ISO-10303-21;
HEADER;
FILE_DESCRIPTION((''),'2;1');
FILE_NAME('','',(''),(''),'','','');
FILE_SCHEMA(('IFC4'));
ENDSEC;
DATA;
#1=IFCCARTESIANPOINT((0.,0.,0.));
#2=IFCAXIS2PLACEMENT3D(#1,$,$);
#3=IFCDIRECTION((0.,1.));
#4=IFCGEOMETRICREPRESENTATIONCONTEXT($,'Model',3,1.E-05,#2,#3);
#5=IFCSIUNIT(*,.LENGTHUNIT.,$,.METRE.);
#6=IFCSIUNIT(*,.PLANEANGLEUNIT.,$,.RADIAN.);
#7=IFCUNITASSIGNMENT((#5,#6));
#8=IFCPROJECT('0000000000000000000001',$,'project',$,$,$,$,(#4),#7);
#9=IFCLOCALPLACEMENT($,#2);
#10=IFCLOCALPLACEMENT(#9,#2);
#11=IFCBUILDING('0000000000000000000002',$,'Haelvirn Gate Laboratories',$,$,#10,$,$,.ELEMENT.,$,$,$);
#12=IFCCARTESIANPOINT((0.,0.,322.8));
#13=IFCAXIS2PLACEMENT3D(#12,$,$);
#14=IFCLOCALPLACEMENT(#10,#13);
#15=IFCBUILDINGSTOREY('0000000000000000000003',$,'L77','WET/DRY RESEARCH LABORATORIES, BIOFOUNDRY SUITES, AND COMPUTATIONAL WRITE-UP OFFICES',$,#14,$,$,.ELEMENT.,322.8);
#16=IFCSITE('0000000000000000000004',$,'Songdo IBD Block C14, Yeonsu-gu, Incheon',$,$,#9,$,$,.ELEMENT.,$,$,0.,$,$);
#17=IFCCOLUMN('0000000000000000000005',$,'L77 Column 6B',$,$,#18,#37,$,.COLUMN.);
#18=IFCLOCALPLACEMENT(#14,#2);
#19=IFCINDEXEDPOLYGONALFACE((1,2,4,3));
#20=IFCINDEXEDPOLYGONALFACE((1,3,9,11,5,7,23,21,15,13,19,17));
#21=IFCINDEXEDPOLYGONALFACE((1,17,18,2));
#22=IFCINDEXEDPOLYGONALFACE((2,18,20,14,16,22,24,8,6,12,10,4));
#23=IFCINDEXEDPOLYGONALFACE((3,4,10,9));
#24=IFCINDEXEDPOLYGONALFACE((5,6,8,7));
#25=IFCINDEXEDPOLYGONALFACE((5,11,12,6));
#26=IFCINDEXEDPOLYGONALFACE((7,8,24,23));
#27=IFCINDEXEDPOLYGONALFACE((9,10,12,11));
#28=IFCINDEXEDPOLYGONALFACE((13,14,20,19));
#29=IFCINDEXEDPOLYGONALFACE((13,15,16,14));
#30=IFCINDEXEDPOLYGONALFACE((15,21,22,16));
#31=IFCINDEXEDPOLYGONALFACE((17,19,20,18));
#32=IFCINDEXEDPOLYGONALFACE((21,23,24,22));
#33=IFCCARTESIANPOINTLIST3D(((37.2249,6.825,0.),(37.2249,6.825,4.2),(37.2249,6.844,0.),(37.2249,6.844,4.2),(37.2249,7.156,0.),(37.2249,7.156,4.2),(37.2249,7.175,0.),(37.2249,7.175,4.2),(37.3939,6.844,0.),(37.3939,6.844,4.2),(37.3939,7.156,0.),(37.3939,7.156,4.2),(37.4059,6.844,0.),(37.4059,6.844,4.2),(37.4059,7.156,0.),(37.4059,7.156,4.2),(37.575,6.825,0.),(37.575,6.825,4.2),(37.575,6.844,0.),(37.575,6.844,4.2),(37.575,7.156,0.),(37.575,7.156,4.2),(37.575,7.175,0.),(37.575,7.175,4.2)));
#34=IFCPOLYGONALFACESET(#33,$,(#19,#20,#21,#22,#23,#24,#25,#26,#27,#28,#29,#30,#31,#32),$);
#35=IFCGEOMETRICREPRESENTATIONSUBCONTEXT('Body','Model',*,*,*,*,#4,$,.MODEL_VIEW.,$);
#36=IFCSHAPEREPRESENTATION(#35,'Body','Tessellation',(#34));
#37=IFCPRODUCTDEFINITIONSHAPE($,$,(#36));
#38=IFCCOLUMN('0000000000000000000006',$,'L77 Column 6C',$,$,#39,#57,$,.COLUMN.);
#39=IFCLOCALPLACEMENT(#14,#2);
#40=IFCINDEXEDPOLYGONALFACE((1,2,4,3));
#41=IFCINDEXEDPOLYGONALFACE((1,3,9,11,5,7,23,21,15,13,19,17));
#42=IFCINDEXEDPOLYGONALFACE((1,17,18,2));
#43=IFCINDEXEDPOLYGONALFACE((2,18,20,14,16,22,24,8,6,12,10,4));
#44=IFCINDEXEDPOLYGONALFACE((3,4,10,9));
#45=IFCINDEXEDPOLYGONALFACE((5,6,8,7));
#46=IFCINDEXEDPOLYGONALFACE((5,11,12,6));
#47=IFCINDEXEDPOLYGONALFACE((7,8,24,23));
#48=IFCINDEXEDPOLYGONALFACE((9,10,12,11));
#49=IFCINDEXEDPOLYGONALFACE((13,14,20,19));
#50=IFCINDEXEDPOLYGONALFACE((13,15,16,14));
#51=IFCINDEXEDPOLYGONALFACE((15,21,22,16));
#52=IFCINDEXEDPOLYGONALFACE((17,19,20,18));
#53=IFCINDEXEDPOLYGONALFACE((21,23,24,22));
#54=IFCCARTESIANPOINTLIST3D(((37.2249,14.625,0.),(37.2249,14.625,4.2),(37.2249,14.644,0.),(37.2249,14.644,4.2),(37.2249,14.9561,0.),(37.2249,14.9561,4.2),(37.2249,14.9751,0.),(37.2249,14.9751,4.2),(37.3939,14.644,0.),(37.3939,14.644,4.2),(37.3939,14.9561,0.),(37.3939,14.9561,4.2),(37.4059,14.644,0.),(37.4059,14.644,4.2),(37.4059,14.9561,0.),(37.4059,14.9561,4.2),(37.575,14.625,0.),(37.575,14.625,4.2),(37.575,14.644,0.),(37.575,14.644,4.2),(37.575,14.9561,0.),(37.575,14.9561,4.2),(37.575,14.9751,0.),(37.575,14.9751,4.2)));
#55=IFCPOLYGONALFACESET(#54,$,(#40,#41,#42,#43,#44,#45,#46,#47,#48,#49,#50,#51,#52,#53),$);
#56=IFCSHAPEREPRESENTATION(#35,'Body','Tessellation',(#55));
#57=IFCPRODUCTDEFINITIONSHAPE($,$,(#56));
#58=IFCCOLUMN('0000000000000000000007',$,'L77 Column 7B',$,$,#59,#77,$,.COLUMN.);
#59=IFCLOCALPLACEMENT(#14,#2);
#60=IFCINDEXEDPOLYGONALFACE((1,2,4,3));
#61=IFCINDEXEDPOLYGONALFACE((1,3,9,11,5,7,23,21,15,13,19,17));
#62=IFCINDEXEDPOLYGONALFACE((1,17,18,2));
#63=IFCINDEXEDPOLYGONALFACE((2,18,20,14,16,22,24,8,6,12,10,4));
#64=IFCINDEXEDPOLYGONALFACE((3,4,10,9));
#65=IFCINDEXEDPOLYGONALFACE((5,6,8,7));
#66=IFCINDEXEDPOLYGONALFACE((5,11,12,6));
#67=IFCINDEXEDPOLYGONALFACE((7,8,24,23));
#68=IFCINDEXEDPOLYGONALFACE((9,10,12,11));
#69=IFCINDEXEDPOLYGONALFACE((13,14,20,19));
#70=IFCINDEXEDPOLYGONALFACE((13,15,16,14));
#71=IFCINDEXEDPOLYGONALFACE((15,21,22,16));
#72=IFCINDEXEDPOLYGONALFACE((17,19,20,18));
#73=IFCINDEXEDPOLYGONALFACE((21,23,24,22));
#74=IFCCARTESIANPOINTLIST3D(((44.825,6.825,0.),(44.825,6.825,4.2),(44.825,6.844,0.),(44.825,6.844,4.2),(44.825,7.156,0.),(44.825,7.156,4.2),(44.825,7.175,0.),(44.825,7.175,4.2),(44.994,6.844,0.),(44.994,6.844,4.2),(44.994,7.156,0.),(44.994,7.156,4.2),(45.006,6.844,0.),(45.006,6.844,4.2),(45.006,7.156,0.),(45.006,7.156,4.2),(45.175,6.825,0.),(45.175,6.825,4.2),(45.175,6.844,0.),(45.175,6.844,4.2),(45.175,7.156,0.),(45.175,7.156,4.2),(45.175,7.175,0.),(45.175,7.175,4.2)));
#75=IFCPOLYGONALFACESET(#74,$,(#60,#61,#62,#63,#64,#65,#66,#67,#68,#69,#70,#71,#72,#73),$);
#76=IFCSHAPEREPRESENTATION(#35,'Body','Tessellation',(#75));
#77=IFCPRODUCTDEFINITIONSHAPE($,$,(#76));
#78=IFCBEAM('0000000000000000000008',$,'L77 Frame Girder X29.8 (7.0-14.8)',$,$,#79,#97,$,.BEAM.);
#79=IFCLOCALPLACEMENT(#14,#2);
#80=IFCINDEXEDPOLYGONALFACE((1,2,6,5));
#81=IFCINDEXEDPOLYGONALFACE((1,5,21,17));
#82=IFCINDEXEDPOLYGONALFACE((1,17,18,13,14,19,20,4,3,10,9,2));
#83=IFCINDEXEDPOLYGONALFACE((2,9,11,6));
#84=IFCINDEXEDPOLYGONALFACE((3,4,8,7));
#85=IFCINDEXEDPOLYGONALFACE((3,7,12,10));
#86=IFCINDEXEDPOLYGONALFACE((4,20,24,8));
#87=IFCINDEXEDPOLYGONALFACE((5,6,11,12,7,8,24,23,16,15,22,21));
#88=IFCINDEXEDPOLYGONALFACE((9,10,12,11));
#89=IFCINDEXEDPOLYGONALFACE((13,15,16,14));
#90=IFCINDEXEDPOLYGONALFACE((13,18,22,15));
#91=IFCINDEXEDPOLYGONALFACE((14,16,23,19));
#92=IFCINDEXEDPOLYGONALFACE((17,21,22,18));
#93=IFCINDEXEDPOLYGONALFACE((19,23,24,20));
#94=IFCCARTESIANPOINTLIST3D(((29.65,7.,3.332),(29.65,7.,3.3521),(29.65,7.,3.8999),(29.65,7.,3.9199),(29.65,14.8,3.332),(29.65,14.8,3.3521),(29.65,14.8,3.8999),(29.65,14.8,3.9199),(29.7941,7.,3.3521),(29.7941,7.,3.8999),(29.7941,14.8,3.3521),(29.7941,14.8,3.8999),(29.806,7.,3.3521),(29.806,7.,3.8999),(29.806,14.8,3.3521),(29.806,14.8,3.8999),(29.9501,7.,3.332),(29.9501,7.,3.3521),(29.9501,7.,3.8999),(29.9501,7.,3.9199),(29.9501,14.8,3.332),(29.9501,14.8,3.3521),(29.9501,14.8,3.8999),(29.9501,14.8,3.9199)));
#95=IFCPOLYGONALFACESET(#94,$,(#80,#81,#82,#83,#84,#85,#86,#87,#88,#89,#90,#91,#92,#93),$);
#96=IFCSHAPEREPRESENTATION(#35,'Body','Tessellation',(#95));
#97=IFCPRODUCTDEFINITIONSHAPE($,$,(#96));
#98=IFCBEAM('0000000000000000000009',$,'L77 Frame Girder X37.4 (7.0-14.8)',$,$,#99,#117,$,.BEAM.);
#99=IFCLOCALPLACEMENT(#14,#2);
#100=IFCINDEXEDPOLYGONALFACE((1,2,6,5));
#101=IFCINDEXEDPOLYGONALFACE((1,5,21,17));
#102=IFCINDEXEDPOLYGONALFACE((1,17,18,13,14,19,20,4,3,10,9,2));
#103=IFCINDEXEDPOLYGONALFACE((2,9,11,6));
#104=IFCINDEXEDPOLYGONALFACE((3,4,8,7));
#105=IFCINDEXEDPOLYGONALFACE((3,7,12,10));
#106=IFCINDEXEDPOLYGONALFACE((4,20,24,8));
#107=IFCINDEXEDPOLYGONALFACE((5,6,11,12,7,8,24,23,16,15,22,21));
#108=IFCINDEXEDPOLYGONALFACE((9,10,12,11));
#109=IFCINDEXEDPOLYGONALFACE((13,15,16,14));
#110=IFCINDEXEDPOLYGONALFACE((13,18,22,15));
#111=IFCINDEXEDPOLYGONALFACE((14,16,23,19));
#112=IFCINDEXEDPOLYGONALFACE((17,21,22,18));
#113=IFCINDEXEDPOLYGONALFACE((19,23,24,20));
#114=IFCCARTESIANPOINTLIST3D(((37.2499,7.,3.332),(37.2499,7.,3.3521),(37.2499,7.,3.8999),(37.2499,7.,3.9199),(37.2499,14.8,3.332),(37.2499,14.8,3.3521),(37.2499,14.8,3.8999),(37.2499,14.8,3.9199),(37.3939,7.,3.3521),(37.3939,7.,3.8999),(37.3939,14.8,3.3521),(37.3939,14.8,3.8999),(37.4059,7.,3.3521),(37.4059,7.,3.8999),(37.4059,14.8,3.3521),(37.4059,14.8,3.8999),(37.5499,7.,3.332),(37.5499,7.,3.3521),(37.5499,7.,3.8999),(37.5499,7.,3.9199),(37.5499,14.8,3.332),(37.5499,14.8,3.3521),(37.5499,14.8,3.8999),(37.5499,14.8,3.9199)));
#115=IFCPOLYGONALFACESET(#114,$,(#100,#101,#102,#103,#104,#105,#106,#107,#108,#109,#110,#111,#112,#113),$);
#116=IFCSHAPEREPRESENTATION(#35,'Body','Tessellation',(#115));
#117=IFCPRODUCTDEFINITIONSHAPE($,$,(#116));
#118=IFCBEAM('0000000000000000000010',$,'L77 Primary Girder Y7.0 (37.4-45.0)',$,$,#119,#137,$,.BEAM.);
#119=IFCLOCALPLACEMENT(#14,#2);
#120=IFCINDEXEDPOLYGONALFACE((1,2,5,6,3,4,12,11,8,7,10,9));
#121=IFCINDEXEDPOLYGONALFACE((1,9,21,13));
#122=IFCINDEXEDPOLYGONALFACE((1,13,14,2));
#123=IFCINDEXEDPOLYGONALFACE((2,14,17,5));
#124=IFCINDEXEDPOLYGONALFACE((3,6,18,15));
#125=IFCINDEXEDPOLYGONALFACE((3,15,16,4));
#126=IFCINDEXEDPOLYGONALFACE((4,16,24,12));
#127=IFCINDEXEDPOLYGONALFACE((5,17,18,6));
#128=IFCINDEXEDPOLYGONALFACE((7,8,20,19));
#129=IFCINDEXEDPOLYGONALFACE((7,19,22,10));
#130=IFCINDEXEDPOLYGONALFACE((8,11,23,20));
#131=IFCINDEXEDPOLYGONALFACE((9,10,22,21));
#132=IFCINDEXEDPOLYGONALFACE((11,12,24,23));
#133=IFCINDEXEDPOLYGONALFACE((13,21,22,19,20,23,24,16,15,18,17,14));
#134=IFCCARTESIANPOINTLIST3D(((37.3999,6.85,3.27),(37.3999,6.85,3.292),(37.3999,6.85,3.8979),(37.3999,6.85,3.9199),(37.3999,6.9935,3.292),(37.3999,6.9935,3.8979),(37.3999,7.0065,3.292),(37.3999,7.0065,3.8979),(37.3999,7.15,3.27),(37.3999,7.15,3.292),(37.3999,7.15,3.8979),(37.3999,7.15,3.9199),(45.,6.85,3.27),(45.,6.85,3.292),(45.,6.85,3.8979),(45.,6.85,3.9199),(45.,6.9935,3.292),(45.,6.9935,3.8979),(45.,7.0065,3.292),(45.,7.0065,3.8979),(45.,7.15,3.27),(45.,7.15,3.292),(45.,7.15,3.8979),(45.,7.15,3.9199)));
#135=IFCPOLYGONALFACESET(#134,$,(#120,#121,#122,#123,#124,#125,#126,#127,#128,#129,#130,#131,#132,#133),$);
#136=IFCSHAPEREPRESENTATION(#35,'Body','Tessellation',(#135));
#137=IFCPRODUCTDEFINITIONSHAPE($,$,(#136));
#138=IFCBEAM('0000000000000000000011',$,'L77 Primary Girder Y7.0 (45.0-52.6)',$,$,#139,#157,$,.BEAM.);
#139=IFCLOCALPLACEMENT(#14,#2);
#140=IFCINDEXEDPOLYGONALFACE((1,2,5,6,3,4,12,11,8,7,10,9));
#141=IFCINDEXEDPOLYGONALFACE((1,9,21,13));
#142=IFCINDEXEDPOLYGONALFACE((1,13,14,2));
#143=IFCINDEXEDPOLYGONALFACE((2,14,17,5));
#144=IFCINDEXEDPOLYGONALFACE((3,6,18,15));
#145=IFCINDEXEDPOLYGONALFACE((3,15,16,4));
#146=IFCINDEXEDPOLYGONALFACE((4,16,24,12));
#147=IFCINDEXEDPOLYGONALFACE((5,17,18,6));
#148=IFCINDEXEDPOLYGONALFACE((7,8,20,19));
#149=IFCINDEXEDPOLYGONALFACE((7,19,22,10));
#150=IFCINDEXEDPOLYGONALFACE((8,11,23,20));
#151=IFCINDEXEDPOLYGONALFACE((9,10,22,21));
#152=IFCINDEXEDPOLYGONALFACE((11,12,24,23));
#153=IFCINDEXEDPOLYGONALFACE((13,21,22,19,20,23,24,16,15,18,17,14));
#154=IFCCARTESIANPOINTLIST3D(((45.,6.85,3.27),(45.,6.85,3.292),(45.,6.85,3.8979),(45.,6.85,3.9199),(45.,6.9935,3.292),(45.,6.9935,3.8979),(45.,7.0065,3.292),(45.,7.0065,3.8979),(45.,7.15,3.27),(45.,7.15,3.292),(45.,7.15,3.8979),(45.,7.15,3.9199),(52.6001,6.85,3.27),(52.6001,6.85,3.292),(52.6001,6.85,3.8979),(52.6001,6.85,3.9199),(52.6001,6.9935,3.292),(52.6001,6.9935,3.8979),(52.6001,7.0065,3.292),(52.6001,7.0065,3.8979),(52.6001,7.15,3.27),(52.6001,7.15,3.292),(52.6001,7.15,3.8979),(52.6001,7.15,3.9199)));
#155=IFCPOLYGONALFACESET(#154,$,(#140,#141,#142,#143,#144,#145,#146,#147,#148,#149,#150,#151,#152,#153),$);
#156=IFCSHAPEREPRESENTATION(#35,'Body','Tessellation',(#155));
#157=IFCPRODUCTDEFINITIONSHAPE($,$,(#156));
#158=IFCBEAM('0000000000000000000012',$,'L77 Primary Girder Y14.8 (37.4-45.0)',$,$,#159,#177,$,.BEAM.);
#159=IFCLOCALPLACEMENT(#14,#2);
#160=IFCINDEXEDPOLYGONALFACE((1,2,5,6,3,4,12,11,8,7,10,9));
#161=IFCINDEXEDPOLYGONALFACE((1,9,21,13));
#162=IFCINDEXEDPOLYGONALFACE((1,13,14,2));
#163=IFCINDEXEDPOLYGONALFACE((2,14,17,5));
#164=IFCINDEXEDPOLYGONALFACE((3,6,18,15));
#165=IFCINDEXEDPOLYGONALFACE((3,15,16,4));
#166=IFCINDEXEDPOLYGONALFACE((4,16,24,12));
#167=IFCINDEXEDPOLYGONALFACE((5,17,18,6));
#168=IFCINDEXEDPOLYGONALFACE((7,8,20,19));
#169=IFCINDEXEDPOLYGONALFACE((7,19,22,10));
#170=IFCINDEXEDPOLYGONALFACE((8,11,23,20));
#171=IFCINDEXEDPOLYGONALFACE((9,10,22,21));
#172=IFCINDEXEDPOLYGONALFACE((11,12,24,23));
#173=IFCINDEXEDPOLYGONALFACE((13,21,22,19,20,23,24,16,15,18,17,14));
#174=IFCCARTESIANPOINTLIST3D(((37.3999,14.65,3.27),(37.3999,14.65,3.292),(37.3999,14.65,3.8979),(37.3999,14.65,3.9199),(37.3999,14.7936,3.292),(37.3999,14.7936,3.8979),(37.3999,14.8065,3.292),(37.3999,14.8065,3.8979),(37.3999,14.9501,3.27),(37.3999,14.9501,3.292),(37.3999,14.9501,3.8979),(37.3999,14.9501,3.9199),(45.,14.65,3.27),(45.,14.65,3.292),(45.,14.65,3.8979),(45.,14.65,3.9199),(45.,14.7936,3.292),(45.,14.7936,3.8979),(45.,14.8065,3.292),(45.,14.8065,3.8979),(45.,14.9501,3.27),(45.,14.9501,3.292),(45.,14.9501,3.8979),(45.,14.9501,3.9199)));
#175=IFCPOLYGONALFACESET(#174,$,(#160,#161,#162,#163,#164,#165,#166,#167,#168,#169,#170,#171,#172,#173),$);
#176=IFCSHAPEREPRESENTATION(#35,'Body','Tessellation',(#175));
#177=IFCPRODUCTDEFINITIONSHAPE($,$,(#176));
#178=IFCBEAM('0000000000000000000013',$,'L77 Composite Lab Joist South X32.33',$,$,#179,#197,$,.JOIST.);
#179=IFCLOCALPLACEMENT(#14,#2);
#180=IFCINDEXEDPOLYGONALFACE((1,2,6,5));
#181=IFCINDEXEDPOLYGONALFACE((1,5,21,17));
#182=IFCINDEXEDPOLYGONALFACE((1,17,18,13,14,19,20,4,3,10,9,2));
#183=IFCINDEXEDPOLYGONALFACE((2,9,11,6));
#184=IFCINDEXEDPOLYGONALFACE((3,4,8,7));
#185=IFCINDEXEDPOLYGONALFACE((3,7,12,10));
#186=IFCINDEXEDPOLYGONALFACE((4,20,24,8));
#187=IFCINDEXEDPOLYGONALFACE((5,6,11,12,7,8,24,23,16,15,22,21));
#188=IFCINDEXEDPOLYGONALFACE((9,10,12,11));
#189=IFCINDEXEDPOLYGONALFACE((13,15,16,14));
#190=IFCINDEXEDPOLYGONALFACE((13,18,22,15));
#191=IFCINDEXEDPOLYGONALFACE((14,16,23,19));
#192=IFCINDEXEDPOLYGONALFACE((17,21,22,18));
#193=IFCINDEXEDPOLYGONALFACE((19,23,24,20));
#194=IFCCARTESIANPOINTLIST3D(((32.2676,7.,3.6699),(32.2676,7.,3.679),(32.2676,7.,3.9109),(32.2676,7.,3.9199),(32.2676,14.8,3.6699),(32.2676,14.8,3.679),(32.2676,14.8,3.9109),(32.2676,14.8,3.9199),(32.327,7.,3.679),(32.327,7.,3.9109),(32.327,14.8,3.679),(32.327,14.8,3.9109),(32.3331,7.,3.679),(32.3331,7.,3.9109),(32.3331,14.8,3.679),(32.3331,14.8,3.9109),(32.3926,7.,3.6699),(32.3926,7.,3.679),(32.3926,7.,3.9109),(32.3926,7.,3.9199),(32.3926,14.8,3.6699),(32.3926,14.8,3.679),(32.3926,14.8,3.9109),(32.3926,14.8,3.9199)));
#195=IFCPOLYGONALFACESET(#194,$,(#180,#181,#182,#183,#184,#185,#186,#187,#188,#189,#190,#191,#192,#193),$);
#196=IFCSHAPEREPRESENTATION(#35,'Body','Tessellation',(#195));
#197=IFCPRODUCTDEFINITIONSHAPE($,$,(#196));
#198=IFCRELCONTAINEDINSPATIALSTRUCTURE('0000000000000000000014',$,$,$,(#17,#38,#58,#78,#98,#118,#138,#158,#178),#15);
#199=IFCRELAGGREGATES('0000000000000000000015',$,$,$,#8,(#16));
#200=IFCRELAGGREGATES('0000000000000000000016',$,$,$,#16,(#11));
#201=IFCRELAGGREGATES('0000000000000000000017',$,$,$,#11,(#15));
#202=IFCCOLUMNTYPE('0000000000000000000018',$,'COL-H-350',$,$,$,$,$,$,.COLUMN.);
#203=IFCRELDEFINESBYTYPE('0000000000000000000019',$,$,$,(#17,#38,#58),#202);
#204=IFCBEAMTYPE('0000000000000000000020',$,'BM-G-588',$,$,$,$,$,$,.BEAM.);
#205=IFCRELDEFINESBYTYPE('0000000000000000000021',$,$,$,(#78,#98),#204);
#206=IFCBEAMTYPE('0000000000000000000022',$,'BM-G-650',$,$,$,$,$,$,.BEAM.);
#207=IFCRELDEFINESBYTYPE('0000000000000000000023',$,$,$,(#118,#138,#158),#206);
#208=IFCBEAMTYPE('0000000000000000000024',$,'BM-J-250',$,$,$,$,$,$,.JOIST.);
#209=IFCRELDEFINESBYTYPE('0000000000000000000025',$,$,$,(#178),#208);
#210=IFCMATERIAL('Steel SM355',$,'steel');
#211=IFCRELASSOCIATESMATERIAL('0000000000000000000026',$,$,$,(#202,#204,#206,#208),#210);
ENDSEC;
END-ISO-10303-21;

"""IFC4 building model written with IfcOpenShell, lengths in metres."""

from ifc_helpers import new_model, si_unit, direction, frame, origin, origin_2d, place, context, subcontext, project, spatial, i_section, extrude, source, transform, mapped, material, material_profile, profile_set, type_object, type_shapes, element, save


model = new_model("IFC4")

# Units and contexts
model_context = context("Model", 3, precision=1e-05, world=origin(), true_north=direction((0.0, 1.0)))
body_context = subcontext(model_context, "Body", "Model", "MODEL_VIEW")
ifc_project = project(units=[si_unit("LENGTHUNIT", "METRE"), si_unit("PLANEANGLEUNIT", "RADIAN")], contexts=[model_context])

# Site, building, storey
site_placement = place(None, origin())
site = spatial("IfcSite", under=ifc_project, at=site_placement, Name="Songdo IBD Block C14, Yeonsu-gu, Incheon", CompositionType="ELEMENT", RefElevation=0.0)
building_placement = place(site_placement, origin())
building = spatial("IfcBuilding", under=site, at=building_placement, Name="Haelvirn Gate Laboratories", CompositionType="ELEMENT")
storey_placement = place(building_placement, frame((0.0, 0.0, 322.8)))
storey = spatial("IfcBuildingStorey", under=building, at=storey_placement, Name="L77", Description="WET/DRY RESEARCH LABORATORIES, BIOFOUNDRY SUITES, AND COMPUTATIONAL WRITE-UP OFFICES", CompositionType="ELEMENT", Elevation=322.8)

# Columns
ifc_material_1 = material(Name="Steel SM355", Category="steel")
ifc_material_profile_1 = material_profile(ifc_material_1, i_section(OverallWidth=0.3501, OverallDepth=0.3501, WebThickness=0.012, FlangeThickness=0.019, at=origin_2d()), Name="H-350x350x12x19")
ifc_profile_set_1 = profile_set([ifc_material_profile_1], Name="Steel SM355")
column_type = type_object("IfcColumnType", Name="COL-H-350", PredefinedType="COLUMN", material=ifc_profile_set_1)
shared_shape_1 = source(origin(), body_context, "Body", "SweptSolid", [
    extrude(i_section(OverallWidth=0.3501, OverallDepth=0.3501, WebThickness=0.012, FlangeThickness=0.019, at=origin_2d()), origin(), (0.0, 0.0, 1.0), 4.2),
])
type_shapes(column_type, [shared_shape_1])
for number, where, z_axis, x_axis, name in (
    (1, (37.3999, 7.0, 0.0), (0.0, 0.0, 1.0), (1.0, 0.0, 0.0), "L77 Column 6B"),
    (2, (37.3999, 14.8, 0.0), (0.0, 0.0, 1.0), (1.0, 0.0, 0.0), "L77 Column 6C"),
    (3, (45.0, 7.0, 0.0), (0.0, 0.0, 1.0), (1.0, 0.0, 0.0), "L77 Column 7B"),
):
    element("IfcColumn", number, at=place(storey_placement, frame(where, z_axis=z_axis, x_axis=x_axis)), inside=storey, type_object=column_type, Name=name, PredefinedType="COLUMN", context=body_context, shape_type="MappedRepresentation", body=[
        mapped(shared_shape_1, transform((0.0, 0.0, 0.0), scale=1.0)),
    ])

# Beams
ifc_material_profile_2 = material_profile(ifc_material_1, i_section(OverallWidth=0.3, OverallDepth=0.5879, WebThickness=0.012, FlangeThickness=0.02, at=origin_2d()), Name="H-588x300x12x20")
ifc_profile_set_2 = profile_set([ifc_material_profile_2], Name="Steel SM355")
beam_type_1 = type_object("IfcBeamType", Name="BM-G-588", PredefinedType="BEAM", material=ifc_profile_set_2)
shared_shape_2 = source(origin(), body_context, "Body", "SweptSolid", [
    extrude(i_section(OverallWidth=0.3, OverallDepth=0.5879, WebThickness=0.012, FlangeThickness=0.02, at=origin_2d()), origin(), (0.0, 0.0, 1.0), 7.8),
])
type_shapes(beam_type_1, [shared_shape_2])
for number, where, z_axis, x_axis, name in (
    (4, (29.8, 7.0, 3.626), (0.0, 1.0, 0.0), (-1.0, 0.0, 0.0), "L77 Frame Girder X29.8 (7.0-14.8)"),
    (5, (37.3999, 7.0, 3.626), (0.0, 1.0, 0.0), (-1.0, 0.0, 0.0), "L77 Frame Girder X37.4 (7.0-14.8)"),
):
    element("IfcBeam", number, at=place(storey_placement, frame(where, z_axis=z_axis, x_axis=x_axis)), inside=storey, type_object=beam_type_1, Name=name, PredefinedType="BEAM", context=body_context, shape_type="MappedRepresentation", body=[
        mapped(shared_shape_2, transform((0.0, 0.0, 0.0), scale=1.0)),
    ])
ifc_material_profile_3 = material_profile(ifc_material_1, i_section(OverallWidth=0.3, OverallDepth=0.6499, WebThickness=0.0129, FlangeThickness=0.022, at=origin_2d()), Name="H-650x300x13x22")
ifc_profile_set_3 = profile_set([ifc_material_profile_3], Name="Steel SM355")
beam_type_2 = type_object("IfcBeamType", Name="BM-G-650", PredefinedType="BEAM", material=ifc_profile_set_3)
shared_shape_3 = source(origin(), body_context, "Body", "SweptSolid", [
    extrude(i_section(OverallWidth=0.3, OverallDepth=0.6499, WebThickness=0.0129, FlangeThickness=0.022, at=origin_2d()), origin(), (0.0, 0.0, 1.0), 7.6001),
])
type_shapes(beam_type_2, [shared_shape_3])
for number, where, z_axis, x_axis, name in (
    (6, (37.3999, 7.0, 3.595), (1.0, 0.0, 0.0), (0.0, 1.0, 0.0), "L77 Primary Girder Y7.0 (37.4-45.0)"),
    (7, (45.0, 7.0, 3.595), (1.0, 0.0, 0.0), (0.0, 1.0, 0.0), "L77 Primary Girder Y7.0 (45.0-52.6)"),
    (8, (37.3999, 14.8, 3.595), (1.0, 0.0, 0.0), (0.0, 1.0, 0.0), "L77 Primary Girder Y14.8 (37.4-45.0)"),
):
    element("IfcBeam", number, at=place(storey_placement, frame(where, z_axis=z_axis, x_axis=x_axis)), inside=storey, type_object=beam_type_2, Name=name, PredefinedType="BEAM", context=body_context, shape_type="MappedRepresentation", body=[
        mapped(shared_shape_3, transform((0.0, 0.0, 0.0), scale=1.0)),
    ])
ifc_material_profile_4 = material_profile(ifc_material_1, i_section(OverallWidth=0.125, OverallDepth=0.25, WebThickness=0.0061, FlangeThickness=0.009, at=origin_2d()), Name="H-250x125x6x9")
ifc_profile_set_4 = profile_set([ifc_material_profile_4], Name="Steel SM355")
beam_type_3 = type_object("IfcBeamType", Name="BM-J-250", PredefinedType="JOIST", material=ifc_profile_set_4)
shared_shape_4 = source(origin(), body_context, "Body", "SweptSolid", [
    extrude(i_section(OverallWidth=0.125, OverallDepth=0.25, WebThickness=0.0061, FlangeThickness=0.009, at=origin_2d()), origin(), (0.0, 0.0, 1.0), 7.8),
])
type_shapes(beam_type_3, [shared_shape_4])
for number, where, z_axis, x_axis, name in (
    (9, (32.3301, 7.0, 3.7949), (0.0, 1.0, 0.0), (-1.0, 0.0, 0.0), "L77 Composite Lab Joist South X32.33"),
):
    element("IfcBeam", number, at=place(storey_placement, frame(where, z_axis=z_axis, x_axis=x_axis)), inside=storey, type_object=beam_type_3, Name=name, PredefinedType="JOIST", context=body_context, shape_type="MappedRepresentation", body=[
        mapped(shared_shape_4, transform((0.0, 0.0, 0.0), scale=1.0)),
    ])

save(model, "model.ifc")
